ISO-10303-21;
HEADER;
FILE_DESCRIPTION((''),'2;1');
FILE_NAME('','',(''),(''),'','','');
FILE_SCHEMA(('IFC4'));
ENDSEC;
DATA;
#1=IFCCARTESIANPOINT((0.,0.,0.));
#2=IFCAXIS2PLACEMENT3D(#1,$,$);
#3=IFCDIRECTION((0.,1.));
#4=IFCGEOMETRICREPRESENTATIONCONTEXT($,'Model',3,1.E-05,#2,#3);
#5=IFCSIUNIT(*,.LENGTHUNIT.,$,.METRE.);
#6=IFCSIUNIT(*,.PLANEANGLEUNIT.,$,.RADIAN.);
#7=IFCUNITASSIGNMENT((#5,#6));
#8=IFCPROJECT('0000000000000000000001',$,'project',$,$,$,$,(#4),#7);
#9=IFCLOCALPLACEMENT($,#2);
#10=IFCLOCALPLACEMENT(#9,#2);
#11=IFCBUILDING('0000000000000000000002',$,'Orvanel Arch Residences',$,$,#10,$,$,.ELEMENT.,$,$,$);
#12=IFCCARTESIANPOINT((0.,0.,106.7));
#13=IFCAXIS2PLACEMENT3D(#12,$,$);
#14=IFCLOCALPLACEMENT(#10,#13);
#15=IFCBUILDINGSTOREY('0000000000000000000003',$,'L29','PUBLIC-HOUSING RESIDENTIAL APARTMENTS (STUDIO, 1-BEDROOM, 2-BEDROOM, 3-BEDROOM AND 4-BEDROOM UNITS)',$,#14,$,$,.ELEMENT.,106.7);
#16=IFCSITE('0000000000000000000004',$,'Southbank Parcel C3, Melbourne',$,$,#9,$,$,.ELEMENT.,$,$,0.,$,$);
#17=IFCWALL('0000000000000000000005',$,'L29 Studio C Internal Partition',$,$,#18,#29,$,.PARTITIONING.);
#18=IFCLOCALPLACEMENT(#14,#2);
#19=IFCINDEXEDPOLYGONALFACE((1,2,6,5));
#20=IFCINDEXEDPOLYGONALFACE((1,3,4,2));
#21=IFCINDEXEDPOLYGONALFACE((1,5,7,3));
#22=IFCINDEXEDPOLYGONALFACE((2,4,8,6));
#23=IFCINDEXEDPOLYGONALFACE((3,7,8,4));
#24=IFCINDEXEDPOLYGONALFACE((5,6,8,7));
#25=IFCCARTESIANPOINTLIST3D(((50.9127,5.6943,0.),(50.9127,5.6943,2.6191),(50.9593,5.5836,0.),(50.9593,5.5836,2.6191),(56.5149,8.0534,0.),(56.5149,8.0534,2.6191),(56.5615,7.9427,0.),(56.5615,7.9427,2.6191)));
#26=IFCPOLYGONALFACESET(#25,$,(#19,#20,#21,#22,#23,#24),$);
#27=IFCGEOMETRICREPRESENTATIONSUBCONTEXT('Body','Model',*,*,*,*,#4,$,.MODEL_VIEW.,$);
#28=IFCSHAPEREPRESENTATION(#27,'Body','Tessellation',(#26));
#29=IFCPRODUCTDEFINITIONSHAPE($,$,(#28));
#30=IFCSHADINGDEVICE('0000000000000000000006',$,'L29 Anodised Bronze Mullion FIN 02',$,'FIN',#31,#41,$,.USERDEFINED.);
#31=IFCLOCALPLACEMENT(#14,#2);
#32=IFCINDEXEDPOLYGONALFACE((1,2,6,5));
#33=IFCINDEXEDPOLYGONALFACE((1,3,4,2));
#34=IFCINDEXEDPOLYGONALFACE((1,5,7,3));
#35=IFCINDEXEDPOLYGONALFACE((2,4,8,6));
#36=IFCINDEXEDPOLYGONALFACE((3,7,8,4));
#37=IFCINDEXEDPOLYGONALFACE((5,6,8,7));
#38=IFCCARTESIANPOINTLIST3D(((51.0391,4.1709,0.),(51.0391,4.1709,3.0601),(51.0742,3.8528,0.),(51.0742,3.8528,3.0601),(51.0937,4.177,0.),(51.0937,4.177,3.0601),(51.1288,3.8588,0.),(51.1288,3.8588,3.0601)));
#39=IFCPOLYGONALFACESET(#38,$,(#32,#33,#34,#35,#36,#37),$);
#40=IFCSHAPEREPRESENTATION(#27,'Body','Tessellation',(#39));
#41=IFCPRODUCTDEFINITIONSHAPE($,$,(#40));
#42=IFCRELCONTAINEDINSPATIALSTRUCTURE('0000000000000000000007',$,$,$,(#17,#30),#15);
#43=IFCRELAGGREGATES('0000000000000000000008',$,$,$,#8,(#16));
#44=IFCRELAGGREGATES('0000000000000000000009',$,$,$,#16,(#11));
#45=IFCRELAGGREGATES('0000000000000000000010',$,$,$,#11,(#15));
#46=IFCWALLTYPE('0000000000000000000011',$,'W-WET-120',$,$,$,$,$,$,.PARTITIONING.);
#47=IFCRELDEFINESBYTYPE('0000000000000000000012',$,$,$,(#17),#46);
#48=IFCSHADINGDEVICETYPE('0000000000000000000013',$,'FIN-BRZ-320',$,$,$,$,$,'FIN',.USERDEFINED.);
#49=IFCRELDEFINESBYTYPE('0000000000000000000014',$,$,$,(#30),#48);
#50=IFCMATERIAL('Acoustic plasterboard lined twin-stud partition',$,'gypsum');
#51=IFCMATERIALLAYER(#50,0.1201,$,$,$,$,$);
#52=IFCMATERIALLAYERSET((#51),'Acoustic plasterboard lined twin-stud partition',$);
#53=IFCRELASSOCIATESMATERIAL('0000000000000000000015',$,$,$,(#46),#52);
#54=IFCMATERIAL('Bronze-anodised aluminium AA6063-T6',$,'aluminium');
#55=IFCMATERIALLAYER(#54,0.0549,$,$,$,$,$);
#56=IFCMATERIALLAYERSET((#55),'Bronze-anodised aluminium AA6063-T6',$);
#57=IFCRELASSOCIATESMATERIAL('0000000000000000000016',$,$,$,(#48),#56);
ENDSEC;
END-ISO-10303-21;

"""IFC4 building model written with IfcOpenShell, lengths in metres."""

from ifc_helpers import new_model, si_unit, direction, frame, frame_2d, origin, origin_2d, place, context, subcontext, project, spatial, rectangle, extrude, material, layer, layer_set, type_object, element, save


model = new_model("IFC4")

# Units and contexts
model_context = context("Model", 3, precision=1e-05, world=origin(), true_north=direction((0.0, 1.0)))
body_context = subcontext(model_context, "Body", "Model", "MODEL_VIEW")
ifc_project = project(units=[si_unit("LENGTHUNIT", "METRE"), si_unit("PLANEANGLEUNIT", "RADIAN")], contexts=[model_context])

# Site, building, storey
site_placement = place(None, origin())
site = spatial("IfcSite", under=ifc_project, at=site_placement, Name="Southbank Parcel C3, Melbourne", CompositionType="ELEMENT", RefElevation=0.0)
building_placement = place(site_placement, origin())
building = spatial("IfcBuilding", under=site, at=building_placement, Name="Orvanel Arch Residences", CompositionType="ELEMENT")
storey_placement = place(building_placement, frame((0.0, 0.0, 106.7)))
storey = spatial("IfcBuildingStorey", under=building, at=storey_placement, Name="L29", Description="PUBLIC-HOUSING RESIDENTIAL APARTMENTS (STUDIO, 1-BEDROOM, 2-BEDROOM, 3-BEDROOM AND 4-BEDROOM UNITS)", CompositionType="ELEMENT", Elevation=106.7)

# Shared definitions
ifc_material_1 = material(Name="Bronze-anodised aluminium AA6063-T6", Category="aluminium")

# Shared definitions
ifc_material_2 = material(Name="Acoustic plasterboard lined twin-stud partition", Category="gypsum")

# Wall
ifc_layer_1 = layer(ifc_material_2, 0.1201)
ifc_layer_set_1 = layer_set([ifc_layer_1], Name="Acoustic plasterboard lined twin-stud partition")
wall_type_1 = type_object("IfcWallType", Name="W-WET-120", PredefinedType="PARTITIONING", material=ifc_layer_set_1)
wall_1_placement = place(storey_placement, frame((50.936, 5.6389, 0.0), z_axis=(0.0, 0.0, 1.0), x_axis=(0.921613, 0.388109, 0.0)))
element("IfcWall", 1, at=wall_1_placement, inside=storey, type_object=wall_type_1, Name="L29 Studio C Internal Partition", PredefinedType="PARTITIONING", context=body_context, shape_type="SweptSolid", body=[
    extrude(rectangle(XDim=6.0786, YDim=0.1201, at=frame_2d((3.0393, 0.0))), origin(), (0.0, 0.0, 1.0), 2.6191),
])

# Shading device
ifc_layer_2 = layer(ifc_material_1, 0.0549)
ifc_layer_set_2 = layer_set([ifc_layer_2], Name="Bronze-anodised aluminium AA6063-T6")
shading_device_type = type_object("IfcShadingDeviceType", Name="FIN-BRZ-320", ElementType="FIN", PredefinedType="USERDEFINED", material=ifc_layer_set_2)
shading_device_placement = place(storey_placement, frame((51.084, 4.0149, 0.0), z_axis=(0.0, 0.0, 1.0), x_axis=(0.109734, -0.993961, 0.0)))
element("IfcShadingDevice", 2, at=shading_device_placement, inside=storey, type_object=shading_device_type, Name="L29 Anodised Bronze Mullion FIN 02", ObjectType="FIN", PredefinedType="USERDEFINED", context=body_context, shape_type="SweptSolid", body=[
    extrude(rectangle(XDim=0.3201, YDim=0.0549, at=origin_2d()), origin(), (0.0, 0.0, 1.0), 3.0601),
])

save(model, "model.ifc")
